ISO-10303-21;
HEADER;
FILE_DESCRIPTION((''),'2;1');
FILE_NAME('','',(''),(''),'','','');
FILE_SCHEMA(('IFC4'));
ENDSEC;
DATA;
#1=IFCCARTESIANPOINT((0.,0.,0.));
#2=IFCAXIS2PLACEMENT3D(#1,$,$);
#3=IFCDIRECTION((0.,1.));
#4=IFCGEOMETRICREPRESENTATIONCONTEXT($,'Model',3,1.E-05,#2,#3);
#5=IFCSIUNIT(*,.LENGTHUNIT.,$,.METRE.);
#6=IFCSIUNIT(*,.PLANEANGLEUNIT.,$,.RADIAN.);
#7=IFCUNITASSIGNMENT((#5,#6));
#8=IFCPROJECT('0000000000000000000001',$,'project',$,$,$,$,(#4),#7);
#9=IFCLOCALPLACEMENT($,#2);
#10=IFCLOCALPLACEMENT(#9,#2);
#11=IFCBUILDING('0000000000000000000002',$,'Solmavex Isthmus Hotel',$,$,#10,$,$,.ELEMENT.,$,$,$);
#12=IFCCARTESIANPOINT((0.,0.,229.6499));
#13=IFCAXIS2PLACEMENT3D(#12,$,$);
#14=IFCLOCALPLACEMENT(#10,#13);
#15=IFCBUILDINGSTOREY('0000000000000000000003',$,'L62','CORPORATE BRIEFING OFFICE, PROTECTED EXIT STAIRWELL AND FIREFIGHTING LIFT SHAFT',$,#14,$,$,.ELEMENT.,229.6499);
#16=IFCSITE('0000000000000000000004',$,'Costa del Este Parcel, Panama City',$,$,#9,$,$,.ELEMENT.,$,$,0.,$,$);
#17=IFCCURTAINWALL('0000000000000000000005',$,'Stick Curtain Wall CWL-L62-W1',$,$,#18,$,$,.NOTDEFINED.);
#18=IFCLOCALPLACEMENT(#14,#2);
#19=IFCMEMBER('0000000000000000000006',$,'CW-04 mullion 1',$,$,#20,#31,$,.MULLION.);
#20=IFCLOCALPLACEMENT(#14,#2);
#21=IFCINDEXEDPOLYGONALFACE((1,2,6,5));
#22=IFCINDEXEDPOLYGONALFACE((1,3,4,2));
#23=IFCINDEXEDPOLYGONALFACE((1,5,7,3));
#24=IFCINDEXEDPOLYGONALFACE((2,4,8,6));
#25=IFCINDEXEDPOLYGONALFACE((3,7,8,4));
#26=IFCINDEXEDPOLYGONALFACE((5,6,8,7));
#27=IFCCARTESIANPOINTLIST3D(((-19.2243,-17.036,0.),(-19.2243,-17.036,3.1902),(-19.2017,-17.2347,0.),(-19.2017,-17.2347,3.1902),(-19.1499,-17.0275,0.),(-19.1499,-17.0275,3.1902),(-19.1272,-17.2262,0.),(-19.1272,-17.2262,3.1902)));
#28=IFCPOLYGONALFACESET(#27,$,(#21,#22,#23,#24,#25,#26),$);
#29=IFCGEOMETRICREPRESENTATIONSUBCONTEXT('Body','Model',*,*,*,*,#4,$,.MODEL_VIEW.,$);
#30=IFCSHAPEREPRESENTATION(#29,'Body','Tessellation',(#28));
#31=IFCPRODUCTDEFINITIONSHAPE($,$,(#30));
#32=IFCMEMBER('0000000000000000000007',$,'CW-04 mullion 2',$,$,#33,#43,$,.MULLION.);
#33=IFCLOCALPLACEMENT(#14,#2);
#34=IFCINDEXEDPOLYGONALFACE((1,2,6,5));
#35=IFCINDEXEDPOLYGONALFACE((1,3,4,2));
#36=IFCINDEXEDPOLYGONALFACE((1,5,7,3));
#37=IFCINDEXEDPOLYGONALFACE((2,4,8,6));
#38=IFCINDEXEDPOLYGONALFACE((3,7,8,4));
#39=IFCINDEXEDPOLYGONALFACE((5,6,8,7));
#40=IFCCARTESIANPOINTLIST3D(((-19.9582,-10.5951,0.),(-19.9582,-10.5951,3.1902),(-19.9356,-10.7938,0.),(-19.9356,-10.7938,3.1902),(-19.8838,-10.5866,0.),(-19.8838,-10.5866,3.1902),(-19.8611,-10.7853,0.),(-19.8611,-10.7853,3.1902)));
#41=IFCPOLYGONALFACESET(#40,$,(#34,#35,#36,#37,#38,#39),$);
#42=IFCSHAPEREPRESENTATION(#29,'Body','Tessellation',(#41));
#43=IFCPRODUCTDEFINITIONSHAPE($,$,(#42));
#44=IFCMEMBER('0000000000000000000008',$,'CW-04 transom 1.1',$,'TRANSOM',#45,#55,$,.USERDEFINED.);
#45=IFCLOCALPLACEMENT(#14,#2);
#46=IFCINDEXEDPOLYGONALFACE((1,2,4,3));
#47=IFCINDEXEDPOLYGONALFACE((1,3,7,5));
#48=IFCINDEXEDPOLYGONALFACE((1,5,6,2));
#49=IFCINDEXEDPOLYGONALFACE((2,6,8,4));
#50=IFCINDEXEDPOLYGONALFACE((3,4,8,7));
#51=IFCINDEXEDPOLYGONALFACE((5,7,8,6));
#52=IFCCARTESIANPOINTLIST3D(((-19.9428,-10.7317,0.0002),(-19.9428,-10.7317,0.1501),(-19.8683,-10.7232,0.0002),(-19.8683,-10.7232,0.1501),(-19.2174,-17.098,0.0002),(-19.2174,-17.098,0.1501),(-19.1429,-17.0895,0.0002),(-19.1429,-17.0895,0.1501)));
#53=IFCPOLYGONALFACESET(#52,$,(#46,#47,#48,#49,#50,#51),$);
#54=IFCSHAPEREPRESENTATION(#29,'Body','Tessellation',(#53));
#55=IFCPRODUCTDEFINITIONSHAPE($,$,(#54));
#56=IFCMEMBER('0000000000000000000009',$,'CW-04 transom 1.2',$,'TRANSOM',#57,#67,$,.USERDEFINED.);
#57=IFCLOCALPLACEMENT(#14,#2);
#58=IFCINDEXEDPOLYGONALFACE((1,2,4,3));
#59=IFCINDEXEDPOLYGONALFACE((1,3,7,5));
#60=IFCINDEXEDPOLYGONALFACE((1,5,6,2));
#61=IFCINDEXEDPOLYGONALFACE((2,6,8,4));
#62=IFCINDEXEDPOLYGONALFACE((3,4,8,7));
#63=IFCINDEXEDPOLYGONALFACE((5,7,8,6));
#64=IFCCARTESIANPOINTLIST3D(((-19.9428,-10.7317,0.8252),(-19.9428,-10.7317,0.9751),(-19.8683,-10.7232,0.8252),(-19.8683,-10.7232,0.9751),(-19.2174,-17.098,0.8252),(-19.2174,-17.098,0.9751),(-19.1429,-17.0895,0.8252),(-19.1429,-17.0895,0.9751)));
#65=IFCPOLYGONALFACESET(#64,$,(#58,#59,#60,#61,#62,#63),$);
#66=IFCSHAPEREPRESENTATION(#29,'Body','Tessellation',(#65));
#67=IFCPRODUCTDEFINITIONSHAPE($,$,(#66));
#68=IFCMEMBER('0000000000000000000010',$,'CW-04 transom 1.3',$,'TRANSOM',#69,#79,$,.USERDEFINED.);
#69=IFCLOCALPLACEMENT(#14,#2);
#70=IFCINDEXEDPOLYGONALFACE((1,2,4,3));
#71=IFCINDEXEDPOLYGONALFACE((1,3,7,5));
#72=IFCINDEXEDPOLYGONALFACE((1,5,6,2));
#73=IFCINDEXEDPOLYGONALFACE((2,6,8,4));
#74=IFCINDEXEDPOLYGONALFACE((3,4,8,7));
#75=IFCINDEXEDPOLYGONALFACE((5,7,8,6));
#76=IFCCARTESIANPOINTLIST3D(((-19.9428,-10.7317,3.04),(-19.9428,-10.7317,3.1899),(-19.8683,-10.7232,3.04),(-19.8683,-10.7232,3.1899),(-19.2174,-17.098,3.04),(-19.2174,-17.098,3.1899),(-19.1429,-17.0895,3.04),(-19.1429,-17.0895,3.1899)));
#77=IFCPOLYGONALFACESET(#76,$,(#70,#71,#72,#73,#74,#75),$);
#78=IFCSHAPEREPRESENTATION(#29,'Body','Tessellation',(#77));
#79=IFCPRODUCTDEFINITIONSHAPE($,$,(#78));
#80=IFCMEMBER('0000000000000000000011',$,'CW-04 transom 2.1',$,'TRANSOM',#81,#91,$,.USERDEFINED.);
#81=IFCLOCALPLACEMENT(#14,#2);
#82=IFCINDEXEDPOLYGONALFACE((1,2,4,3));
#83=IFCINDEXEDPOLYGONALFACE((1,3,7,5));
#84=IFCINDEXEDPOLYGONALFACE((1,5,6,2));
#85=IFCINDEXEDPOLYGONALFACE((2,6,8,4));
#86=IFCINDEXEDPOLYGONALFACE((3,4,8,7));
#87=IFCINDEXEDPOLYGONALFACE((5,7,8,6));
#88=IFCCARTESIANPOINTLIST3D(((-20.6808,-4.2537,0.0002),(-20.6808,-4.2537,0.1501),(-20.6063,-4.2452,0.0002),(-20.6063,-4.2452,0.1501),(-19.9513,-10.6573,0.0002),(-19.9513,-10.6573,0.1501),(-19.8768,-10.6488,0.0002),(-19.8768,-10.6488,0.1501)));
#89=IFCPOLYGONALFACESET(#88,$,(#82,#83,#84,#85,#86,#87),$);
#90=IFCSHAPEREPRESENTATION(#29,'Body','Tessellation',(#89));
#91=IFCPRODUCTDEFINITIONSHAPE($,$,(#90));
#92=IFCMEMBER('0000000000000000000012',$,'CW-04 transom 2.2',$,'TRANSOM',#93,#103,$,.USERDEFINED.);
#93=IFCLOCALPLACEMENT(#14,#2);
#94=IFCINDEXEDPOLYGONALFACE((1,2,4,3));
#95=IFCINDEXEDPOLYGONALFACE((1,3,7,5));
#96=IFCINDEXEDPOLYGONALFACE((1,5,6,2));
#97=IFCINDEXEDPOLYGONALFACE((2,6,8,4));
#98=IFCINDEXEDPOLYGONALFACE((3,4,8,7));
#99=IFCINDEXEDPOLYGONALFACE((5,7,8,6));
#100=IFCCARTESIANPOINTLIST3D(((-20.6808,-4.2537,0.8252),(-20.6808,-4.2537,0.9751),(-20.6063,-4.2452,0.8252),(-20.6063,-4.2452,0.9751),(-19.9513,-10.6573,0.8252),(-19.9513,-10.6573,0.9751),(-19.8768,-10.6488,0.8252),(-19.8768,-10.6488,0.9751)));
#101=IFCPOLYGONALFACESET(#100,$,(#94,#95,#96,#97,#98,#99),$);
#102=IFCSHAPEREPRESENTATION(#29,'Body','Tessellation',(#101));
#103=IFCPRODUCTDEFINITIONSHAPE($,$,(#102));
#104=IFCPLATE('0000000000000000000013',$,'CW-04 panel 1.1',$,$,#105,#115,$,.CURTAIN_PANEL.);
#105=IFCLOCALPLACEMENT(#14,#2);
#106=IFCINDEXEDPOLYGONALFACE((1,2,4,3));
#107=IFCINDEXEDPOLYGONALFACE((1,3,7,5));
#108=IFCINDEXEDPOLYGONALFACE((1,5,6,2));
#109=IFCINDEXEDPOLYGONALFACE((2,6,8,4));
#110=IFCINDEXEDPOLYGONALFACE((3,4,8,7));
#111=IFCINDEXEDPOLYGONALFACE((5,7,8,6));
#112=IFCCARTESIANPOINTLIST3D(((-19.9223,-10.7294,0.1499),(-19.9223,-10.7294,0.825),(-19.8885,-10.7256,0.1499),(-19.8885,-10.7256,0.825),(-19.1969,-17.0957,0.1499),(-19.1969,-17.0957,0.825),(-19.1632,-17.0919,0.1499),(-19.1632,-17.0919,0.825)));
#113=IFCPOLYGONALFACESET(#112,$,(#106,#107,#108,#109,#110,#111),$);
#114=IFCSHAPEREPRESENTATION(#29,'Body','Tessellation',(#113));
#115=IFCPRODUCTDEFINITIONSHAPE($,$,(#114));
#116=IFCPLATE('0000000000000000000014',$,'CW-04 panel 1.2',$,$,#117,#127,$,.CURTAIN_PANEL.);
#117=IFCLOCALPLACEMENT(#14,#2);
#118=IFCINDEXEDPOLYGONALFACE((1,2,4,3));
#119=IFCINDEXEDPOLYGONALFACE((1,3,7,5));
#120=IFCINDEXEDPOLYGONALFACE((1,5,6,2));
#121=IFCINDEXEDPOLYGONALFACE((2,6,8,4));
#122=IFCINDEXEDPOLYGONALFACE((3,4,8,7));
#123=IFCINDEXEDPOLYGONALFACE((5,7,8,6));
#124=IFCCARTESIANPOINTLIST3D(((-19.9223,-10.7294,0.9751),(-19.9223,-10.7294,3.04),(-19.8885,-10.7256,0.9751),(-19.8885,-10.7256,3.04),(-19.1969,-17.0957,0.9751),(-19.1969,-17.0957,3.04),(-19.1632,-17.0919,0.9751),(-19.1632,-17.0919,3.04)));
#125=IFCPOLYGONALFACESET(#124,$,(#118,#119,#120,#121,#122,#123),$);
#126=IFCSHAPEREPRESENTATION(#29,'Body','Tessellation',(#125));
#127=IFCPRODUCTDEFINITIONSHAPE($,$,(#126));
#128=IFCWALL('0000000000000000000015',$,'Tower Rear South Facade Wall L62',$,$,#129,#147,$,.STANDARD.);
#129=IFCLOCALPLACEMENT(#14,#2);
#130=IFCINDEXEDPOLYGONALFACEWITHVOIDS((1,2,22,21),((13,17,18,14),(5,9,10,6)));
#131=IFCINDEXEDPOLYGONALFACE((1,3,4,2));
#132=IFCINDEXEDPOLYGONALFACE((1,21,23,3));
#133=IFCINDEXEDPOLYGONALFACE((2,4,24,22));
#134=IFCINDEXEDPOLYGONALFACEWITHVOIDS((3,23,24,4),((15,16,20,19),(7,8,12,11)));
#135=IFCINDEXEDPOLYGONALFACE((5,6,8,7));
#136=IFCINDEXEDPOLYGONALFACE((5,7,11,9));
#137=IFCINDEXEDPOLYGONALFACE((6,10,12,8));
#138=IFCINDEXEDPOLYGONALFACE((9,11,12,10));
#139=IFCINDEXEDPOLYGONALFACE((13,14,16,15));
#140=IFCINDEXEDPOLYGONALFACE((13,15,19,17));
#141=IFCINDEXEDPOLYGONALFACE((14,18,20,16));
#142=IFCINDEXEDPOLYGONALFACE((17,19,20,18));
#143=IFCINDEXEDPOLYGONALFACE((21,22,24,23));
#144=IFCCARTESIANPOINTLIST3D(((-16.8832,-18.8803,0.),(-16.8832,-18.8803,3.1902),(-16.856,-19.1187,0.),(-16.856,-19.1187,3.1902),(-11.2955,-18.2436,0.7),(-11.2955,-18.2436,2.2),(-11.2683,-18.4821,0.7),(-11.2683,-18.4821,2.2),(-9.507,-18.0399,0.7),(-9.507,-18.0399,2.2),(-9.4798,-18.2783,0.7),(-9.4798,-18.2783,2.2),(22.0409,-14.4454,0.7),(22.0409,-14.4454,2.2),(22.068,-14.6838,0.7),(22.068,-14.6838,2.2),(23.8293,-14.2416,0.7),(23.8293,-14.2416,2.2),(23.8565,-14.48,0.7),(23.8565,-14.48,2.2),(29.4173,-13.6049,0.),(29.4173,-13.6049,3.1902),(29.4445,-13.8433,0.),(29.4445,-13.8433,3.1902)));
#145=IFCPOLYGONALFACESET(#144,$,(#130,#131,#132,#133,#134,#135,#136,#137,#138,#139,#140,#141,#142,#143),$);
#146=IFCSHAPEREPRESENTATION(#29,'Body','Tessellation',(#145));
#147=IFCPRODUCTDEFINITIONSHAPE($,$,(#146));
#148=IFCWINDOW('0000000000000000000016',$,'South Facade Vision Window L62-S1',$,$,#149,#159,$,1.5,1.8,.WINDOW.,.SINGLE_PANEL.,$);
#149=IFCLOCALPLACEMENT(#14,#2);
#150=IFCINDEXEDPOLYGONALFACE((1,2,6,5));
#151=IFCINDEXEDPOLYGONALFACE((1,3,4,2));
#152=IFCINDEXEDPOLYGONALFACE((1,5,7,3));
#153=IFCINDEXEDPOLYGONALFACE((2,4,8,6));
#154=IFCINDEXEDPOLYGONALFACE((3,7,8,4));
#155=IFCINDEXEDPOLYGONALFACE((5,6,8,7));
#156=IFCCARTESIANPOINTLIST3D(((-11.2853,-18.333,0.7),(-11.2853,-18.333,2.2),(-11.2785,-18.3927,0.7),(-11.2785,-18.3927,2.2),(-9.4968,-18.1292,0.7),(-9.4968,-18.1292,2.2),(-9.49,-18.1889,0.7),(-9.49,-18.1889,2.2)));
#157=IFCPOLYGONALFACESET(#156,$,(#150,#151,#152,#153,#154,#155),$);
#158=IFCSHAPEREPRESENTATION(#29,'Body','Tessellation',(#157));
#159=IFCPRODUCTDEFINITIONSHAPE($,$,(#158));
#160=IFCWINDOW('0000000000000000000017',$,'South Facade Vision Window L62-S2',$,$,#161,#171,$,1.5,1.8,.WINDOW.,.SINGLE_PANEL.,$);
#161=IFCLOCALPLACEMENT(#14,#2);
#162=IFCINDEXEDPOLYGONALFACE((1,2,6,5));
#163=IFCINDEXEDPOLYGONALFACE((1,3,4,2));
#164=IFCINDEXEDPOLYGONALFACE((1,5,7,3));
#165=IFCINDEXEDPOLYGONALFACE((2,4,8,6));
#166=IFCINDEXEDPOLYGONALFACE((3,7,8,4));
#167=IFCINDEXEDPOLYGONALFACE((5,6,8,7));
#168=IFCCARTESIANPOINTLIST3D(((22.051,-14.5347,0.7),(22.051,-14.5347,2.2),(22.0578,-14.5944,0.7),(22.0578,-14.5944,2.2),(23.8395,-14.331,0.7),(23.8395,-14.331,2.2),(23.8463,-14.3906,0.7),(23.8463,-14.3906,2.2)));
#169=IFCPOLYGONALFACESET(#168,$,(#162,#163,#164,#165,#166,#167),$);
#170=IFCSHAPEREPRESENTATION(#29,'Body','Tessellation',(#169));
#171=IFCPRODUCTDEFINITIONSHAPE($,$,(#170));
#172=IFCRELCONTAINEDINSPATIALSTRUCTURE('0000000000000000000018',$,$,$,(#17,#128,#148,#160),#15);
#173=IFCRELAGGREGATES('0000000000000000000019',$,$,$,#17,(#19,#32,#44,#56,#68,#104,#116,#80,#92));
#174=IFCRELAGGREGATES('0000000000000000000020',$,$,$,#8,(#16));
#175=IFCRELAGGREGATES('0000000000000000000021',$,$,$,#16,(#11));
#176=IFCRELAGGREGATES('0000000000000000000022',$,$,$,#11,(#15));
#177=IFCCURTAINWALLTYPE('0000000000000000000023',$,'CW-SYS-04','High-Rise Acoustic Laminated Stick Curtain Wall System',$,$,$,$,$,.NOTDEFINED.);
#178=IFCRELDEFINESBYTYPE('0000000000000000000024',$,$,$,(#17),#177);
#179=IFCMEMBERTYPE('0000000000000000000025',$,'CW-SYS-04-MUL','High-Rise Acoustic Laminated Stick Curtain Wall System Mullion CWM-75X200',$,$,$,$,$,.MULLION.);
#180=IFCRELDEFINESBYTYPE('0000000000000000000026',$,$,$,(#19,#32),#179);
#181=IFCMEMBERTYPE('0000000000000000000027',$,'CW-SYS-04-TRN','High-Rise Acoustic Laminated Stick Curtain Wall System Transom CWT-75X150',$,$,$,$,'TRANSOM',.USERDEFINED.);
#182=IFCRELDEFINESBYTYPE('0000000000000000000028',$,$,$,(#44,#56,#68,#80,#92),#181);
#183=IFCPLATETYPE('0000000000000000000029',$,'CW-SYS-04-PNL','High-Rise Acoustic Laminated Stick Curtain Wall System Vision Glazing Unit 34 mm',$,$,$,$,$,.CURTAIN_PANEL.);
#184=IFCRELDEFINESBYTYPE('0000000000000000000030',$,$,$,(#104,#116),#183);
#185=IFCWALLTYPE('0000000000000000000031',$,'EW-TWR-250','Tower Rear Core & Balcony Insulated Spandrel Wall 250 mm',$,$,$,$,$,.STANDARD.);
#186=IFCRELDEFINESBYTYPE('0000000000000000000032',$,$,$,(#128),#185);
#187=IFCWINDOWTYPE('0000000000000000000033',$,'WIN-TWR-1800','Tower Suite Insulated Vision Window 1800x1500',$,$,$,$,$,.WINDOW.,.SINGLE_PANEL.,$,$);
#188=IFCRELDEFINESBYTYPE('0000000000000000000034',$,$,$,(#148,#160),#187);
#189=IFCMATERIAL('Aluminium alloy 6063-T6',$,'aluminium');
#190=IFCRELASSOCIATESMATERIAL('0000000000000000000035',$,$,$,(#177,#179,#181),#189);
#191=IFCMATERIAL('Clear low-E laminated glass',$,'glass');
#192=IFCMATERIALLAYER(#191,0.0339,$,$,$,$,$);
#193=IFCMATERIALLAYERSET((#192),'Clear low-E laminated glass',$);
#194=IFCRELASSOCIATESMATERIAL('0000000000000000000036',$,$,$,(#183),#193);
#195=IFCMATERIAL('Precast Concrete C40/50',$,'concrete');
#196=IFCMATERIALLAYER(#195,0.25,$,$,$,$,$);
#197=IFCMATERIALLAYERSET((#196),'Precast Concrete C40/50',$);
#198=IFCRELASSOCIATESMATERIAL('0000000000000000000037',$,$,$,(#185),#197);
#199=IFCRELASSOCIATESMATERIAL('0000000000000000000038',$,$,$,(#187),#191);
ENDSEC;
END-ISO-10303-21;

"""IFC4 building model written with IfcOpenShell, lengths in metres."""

from ifc_helpers import new_model, si_unit, direction, frame, frame_2d, origin, origin_2d, place, context, subcontext, project, spatial, rectangle, extrude, material, layer, layer_set, material_profile, profile_set, type_object, element, fill, aggregate, save


model = new_model("IFC4")

# Units and contexts
model_context = context("Model", 3, precision=1e-05, world=origin(), true_north=direction((0.0, 1.0)))
body_context = subcontext(model_context, "Body", "Model", "MODEL_VIEW")
ifc_project = project(units=[si_unit("LENGTHUNIT", "METRE"), si_unit("PLANEANGLEUNIT", "RADIAN")], contexts=[model_context])

# Site, building, storey
site_placement = place(None, origin())
site = spatial("IfcSite", under=ifc_project, at=site_placement, Name="Costa del Este Parcel, Panama City", CompositionType="ELEMENT", RefElevation=0.0)
building_placement = place(site_placement, origin())
building = spatial("IfcBuilding", under=site, at=building_placement, Name="Solmavex Isthmus Hotel", CompositionType="ELEMENT")
storey_placement = place(building_placement, frame((0.0, 0.0, 229.6499)))
storey = spatial("IfcBuildingStorey", under=building, at=storey_placement, Name="L62", Description="CORPORATE BRIEFING OFFICE, PROTECTED EXIT STAIRWELL AND FIREFIGHTING LIFT SHAFT", CompositionType="ELEMENT", Elevation=229.6499)

# Curtain wall, members, plates
ifc_material_1 = material(Name="Aluminium alloy 6063-T6", Category="aluminium")
curtain_wall_type = type_object("IfcCurtainWallType", Name="CW-SYS-04", Description="High-Rise Acoustic Laminated Stick Curtain Wall System", PredefinedType="NOTDEFINED", material=ifc_material_1)
curtain_wall_placement = place(storey_placement, origin())
curtain_wall = element("IfcCurtainWall", 1, at=curtain_wall_placement, inside=storey, type_object=curtain_wall_type, Name="Stick Curtain Wall CWL-L62-W1", PredefinedType="NOTDEFINED")
ifc_material_profile_1 = material_profile(ifc_material_1, rectangle(XDim=0.075, YDim=0.2, at=origin_2d()), Name="CWM-75X200")
ifc_profile_set_1 = profile_set([ifc_material_profile_1], Name="Aluminium alloy 6063-T6")
member_type_1 = type_object("IfcMemberType", Name="CW-SYS-04-MUL", Description="High-Rise Acoustic Laminated Stick Curtain Wall System Mullion CWM-75X200", PredefinedType="MULLION", material=ifc_profile_set_1)
member_1_placement = place(storey_placement, frame((-19.1758, -17.1311, 0.0), z_axis=(0.0, 0.0, 1.0), x_axis=(-0.993572, -0.113203, 0.0)))
member_1 = element("IfcMember", 2, at=member_1_placement, type_object=member_type_1, Name="CW-04 mullion 1", PredefinedType="MULLION", context=body_context, shape_type="SweptSolid", body=[
    extrude(rectangle(XDim=0.075, YDim=0.2, at=origin_2d()), origin(), (0.0, 0.0, 1.0), 3.1902),
])
member_2_placement = place(storey_placement, frame((-19.9097, -10.6902, 0.0), z_axis=(0.0, 0.0, 1.0), x_axis=(-0.993572, -0.113203, 0.0)))
member_2 = element("IfcMember", 3, at=member_2_placement, type_object=member_type_1, Name="CW-04 mullion 2", PredefinedType="MULLION", context=body_context, shape_type="SweptSolid", body=[
    extrude(rectangle(XDim=0.075, YDim=0.2, at=origin_2d()), origin(), (0.0, 0.0, 1.0), 3.1902),
])
ifc_material_profile_2 = material_profile(ifc_material_1, rectangle(XDim=0.075, YDim=0.1499, at=origin_2d()), Name="CWT-75X150")
ifc_profile_set_2 = profile_set([ifc_material_profile_2], Name="Aluminium alloy 6063-T6")
member_type_2 = type_object("IfcMemberType", Name="CW-SYS-04-TRN", Description="High-Rise Acoustic Laminated Stick Curtain Wall System Transom CWT-75X150", ElementType="TRANSOM", PredefinedType="USERDEFINED", material=ifc_profile_set_2)
member_3_placement = place(storey_placement, frame((-19.1802, -17.0938, 0.0752), z_axis=(-0.113204, 0.993572, 0.0), x_axis=(-0.993572, -0.113204, 0.0)))
member_3 = element("IfcMember", 4, at=member_3_placement, type_object=member_type_2, Name="CW-04 transom 1.1", ObjectType="TRANSOM", PredefinedType="USERDEFINED", context=body_context, shape_type="SweptSolid", body=[
    extrude(rectangle(XDim=0.075, YDim=0.1499, at=origin_2d()), origin(), (0.0, 0.0, 1.0), 6.4075),
])
member_4_placement = place(storey_placement, frame((-19.1802, -17.0938, 0.9001), z_axis=(-0.113204, 0.993572, 0.0), x_axis=(-0.993572, -0.113204, 0.0)))
member_4 = element("IfcMember", 5, at=member_4_placement, type_object=member_type_2, Name="CW-04 transom 1.2", ObjectType="TRANSOM", PredefinedType="USERDEFINED", context=body_context, shape_type="SweptSolid", body=[
    extrude(rectangle(XDim=0.075, YDim=0.1499, at=origin_2d()), origin(), (0.0, 0.0, 1.0), 6.4075),
])
member_5_placement = place(storey_placement, frame((-19.1802, -17.0938, 3.115), z_axis=(-0.113204, 0.993572, 0.0), x_axis=(-0.993572, -0.113204, 0.0)))
member_5 = element("IfcMember", 6, at=member_5_placement, type_object=member_type_2, Name="CW-04 transom 1.3", ObjectType="TRANSOM", PredefinedType="USERDEFINED", context=body_context, shape_type="SweptSolid", body=[
    extrude(rectangle(XDim=0.075, YDim=0.1499, at=origin_2d()), origin(), (0.0, 0.0, 1.0), 6.4075),
])
member_6_placement = place(storey_placement, frame((-19.9141, -10.6531, 0.0752), z_axis=(-0.113188, 0.993574, 0.0), x_axis=(-0.993574, -0.113188, 0.0)))
member_6 = element("IfcMember", 7, at=member_6_placement, type_object=member_type_2, Name="CW-04 transom 2.1", ObjectType="TRANSOM", PredefinedType="USERDEFINED", context=body_context, shape_type="SweptSolid", body=[
    extrude(rectangle(XDim=0.075, YDim=0.1499, at=origin_2d()), origin(), (0.0, 0.0, 1.0), 6.4451),
])
member_7_placement = place(storey_placement, frame((-19.9141, -10.6531, 0.9001), z_axis=(-0.113188, 0.993574, 0.0), x_axis=(-0.993574, -0.113188, 0.0)))
member_7 = element("IfcMember", 8, at=member_7_placement, type_object=member_type_2, Name="CW-04 transom 2.2", ObjectType="TRANSOM", PredefinedType="USERDEFINED", context=body_context, shape_type="SweptSolid", body=[
    extrude(rectangle(XDim=0.075, YDim=0.1499, at=origin_2d()), origin(), (0.0, 0.0, 1.0), 6.4451),
])
ifc_material_2 = material(Name="Clear low-E laminated glass", Category="glass")
ifc_layer_1 = layer(ifc_material_2, 0.0339)
ifc_layer_set_1 = layer_set([ifc_layer_1], Name="Clear low-E laminated glass")
plate_type = type_object("IfcPlateType", Name="CW-SYS-04-PNL", Description="High-Rise Acoustic Laminated Stick Curtain Wall System Vision Glazing Unit 34 mm", PredefinedType="CURTAIN_PANEL", material=ifc_layer_set_1)
plate_1_placement = place(storey_placement, frame((-19.5427, -13.9106, 0.1499), z_axis=(0.0, 0.0, 1.0), x_axis=(-0.113203, 0.993572, 0.0)))
plate_1 = element("IfcPlate", 9, at=plate_1_placement, type_object=plate_type, Name="CW-04 panel 1.1", PredefinedType="CURTAIN_PANEL", context=body_context, shape_type="SweptSolid", body=[
    extrude(rectangle(XDim=6.4075, YDim=0.0339, at=origin_2d()), origin(), (0.0, 0.0, 1.0), 0.675),
])
plate_2_placement = place(storey_placement, frame((-19.5427, -13.9106, 0.9751), z_axis=(0.0, 0.0, 1.0), x_axis=(-0.113203, 0.993572, 0.0)))
plate_2 = element("IfcPlate", 10, at=plate_2_placement, type_object=plate_type, Name="CW-04 panel 1.2", PredefinedType="CURTAIN_PANEL", context=body_context, shape_type="SweptSolid", body=[
    extrude(rectangle(XDim=6.4075, YDim=0.0339, at=origin_2d()), origin(), (0.0, 0.0, 1.0), 2.0649),
])
aggregate(curtain_wall, [member_1, member_2, member_3, member_4, member_5, plate_1, plate_2, member_6, member_7])

# Wall, openings, windows
ifc_material_3 = material(Name="Precast Concrete C40/50", Category="concrete")
ifc_layer_2 = layer(ifc_material_3, 0.25)
ifc_layer_set_2 = layer_set([ifc_layer_2], Name="Precast Concrete C40/50")
wall_type_1 = type_object("IfcWallType", Name="EW-TWR-250", Description="Tower Rear Core & Balcony Insulated Spandrel Wall 250 mm", PredefinedType="STANDARD", material=ifc_layer_set_2)
wall_1_placement = place(storey_placement, frame((-16.8696, -18.9995, 0.0), z_axis=(0.0, 0.0, 1.0), x_axis=(0.993572, 0.113206, 0.0)))
wall_1 = element("IfcWall", 11, at=wall_1_placement, inside=storey, type_object=wall_type_1, Name="Tower Rear South Facade Wall L62", PredefinedType="STANDARD", context=body_context, shape_type="SweptSolid", body=[
    extrude(rectangle(XDim=46.6001, YDim=0.24, at=frame_2d((23.3, 0.0))), origin(), (0.0, 0.0, 1.0), 3.1902),
])
opening_1_placement = place(wall_1_placement, frame((5.624, 0.0, 0.7)))
opening_1 = element("IfcOpeningElement", 12, at=opening_1_placement, cuts=wall_1, PredefinedType="OPENING", context=body_context, shape_type="SweptSolid", body=[
    extrude(rectangle(XDim=1.8, YDim=1.5, at=frame_2d((0.8999, 0.75))), frame((0.0, 0.1299, 0.0), z_axis=(0.0, -1.0, 0.0), x_axis=(1.0, 0.0, 0.0)), (0.0, 0.0, 1.0), 0.26),
])
opening_2_placement = place(wall_1_placement, frame((39.176, 0.0, 0.7)))
opening_2 = element("IfcOpeningElement", 13, at=opening_2_placement, cuts=wall_1, PredefinedType="OPENING", context=body_context, shape_type="SweptSolid", body=[
    extrude(rectangle(XDim=1.8, YDim=1.5, at=frame_2d((0.8999, 0.75))), frame((0.0, 0.1299, 0.0), z_axis=(0.0, -1.0, 0.0), x_axis=(1.0, 0.0, 0.0)), (0.0, 0.0, 1.0), 0.26),
])
window_type = type_object("IfcWindowType", Name="WIN-TWR-1800", Description="Tower Suite Insulated Vision Window 1800x1500", PartitioningType="SINGLE_PANEL", PredefinedType="WINDOW", material=ifc_material_2)
window_1_placement = place(opening_1_placement, origin())
window_1 = element("IfcWindow", 14, at=window_1_placement, inside=storey, type_object=window_type, Name="South Facade Vision Window L62-S1", OverallHeight=1.5, OverallWidth=1.8, PartitioningType="SINGLE_PANEL", PredefinedType="WINDOW", context=body_context, shape_type="SweptSolid", body=[
    extrude(rectangle(XDim=1.8, YDim=1.5, at=frame_2d((0.8999, 0.75))), frame((0.0, 0.03, 0.0), z_axis=(0.0, -1.0, 0.0), x_axis=(1.0, 0.0, 0.0)), (0.0, 0.0, 1.0), 0.0601),
])
fill(opening_1, window_1)
window_2_placement = place(opening_2_placement, origin())
window_2 = element("IfcWindow", 15, at=window_2_placement, inside=storey, type_object=window_type, Name="South Facade Vision Window L62-S2", OverallHeight=1.5, OverallWidth=1.8, PartitioningType="SINGLE_PANEL", PredefinedType="WINDOW", context=body_context, shape_type="SweptSolid", body=[
    extrude(rectangle(XDim=1.8, YDim=1.5, at=frame_2d((0.8999, 0.75))), frame((0.0, 0.03, 0.0), z_axis=(0.0, -1.0, 0.0), x_axis=(1.0, 0.0, 0.0)), (0.0, 0.0, 1.0), 0.0601),
])
fill(opening_2, window_2)

save(model, "model.ifc")
